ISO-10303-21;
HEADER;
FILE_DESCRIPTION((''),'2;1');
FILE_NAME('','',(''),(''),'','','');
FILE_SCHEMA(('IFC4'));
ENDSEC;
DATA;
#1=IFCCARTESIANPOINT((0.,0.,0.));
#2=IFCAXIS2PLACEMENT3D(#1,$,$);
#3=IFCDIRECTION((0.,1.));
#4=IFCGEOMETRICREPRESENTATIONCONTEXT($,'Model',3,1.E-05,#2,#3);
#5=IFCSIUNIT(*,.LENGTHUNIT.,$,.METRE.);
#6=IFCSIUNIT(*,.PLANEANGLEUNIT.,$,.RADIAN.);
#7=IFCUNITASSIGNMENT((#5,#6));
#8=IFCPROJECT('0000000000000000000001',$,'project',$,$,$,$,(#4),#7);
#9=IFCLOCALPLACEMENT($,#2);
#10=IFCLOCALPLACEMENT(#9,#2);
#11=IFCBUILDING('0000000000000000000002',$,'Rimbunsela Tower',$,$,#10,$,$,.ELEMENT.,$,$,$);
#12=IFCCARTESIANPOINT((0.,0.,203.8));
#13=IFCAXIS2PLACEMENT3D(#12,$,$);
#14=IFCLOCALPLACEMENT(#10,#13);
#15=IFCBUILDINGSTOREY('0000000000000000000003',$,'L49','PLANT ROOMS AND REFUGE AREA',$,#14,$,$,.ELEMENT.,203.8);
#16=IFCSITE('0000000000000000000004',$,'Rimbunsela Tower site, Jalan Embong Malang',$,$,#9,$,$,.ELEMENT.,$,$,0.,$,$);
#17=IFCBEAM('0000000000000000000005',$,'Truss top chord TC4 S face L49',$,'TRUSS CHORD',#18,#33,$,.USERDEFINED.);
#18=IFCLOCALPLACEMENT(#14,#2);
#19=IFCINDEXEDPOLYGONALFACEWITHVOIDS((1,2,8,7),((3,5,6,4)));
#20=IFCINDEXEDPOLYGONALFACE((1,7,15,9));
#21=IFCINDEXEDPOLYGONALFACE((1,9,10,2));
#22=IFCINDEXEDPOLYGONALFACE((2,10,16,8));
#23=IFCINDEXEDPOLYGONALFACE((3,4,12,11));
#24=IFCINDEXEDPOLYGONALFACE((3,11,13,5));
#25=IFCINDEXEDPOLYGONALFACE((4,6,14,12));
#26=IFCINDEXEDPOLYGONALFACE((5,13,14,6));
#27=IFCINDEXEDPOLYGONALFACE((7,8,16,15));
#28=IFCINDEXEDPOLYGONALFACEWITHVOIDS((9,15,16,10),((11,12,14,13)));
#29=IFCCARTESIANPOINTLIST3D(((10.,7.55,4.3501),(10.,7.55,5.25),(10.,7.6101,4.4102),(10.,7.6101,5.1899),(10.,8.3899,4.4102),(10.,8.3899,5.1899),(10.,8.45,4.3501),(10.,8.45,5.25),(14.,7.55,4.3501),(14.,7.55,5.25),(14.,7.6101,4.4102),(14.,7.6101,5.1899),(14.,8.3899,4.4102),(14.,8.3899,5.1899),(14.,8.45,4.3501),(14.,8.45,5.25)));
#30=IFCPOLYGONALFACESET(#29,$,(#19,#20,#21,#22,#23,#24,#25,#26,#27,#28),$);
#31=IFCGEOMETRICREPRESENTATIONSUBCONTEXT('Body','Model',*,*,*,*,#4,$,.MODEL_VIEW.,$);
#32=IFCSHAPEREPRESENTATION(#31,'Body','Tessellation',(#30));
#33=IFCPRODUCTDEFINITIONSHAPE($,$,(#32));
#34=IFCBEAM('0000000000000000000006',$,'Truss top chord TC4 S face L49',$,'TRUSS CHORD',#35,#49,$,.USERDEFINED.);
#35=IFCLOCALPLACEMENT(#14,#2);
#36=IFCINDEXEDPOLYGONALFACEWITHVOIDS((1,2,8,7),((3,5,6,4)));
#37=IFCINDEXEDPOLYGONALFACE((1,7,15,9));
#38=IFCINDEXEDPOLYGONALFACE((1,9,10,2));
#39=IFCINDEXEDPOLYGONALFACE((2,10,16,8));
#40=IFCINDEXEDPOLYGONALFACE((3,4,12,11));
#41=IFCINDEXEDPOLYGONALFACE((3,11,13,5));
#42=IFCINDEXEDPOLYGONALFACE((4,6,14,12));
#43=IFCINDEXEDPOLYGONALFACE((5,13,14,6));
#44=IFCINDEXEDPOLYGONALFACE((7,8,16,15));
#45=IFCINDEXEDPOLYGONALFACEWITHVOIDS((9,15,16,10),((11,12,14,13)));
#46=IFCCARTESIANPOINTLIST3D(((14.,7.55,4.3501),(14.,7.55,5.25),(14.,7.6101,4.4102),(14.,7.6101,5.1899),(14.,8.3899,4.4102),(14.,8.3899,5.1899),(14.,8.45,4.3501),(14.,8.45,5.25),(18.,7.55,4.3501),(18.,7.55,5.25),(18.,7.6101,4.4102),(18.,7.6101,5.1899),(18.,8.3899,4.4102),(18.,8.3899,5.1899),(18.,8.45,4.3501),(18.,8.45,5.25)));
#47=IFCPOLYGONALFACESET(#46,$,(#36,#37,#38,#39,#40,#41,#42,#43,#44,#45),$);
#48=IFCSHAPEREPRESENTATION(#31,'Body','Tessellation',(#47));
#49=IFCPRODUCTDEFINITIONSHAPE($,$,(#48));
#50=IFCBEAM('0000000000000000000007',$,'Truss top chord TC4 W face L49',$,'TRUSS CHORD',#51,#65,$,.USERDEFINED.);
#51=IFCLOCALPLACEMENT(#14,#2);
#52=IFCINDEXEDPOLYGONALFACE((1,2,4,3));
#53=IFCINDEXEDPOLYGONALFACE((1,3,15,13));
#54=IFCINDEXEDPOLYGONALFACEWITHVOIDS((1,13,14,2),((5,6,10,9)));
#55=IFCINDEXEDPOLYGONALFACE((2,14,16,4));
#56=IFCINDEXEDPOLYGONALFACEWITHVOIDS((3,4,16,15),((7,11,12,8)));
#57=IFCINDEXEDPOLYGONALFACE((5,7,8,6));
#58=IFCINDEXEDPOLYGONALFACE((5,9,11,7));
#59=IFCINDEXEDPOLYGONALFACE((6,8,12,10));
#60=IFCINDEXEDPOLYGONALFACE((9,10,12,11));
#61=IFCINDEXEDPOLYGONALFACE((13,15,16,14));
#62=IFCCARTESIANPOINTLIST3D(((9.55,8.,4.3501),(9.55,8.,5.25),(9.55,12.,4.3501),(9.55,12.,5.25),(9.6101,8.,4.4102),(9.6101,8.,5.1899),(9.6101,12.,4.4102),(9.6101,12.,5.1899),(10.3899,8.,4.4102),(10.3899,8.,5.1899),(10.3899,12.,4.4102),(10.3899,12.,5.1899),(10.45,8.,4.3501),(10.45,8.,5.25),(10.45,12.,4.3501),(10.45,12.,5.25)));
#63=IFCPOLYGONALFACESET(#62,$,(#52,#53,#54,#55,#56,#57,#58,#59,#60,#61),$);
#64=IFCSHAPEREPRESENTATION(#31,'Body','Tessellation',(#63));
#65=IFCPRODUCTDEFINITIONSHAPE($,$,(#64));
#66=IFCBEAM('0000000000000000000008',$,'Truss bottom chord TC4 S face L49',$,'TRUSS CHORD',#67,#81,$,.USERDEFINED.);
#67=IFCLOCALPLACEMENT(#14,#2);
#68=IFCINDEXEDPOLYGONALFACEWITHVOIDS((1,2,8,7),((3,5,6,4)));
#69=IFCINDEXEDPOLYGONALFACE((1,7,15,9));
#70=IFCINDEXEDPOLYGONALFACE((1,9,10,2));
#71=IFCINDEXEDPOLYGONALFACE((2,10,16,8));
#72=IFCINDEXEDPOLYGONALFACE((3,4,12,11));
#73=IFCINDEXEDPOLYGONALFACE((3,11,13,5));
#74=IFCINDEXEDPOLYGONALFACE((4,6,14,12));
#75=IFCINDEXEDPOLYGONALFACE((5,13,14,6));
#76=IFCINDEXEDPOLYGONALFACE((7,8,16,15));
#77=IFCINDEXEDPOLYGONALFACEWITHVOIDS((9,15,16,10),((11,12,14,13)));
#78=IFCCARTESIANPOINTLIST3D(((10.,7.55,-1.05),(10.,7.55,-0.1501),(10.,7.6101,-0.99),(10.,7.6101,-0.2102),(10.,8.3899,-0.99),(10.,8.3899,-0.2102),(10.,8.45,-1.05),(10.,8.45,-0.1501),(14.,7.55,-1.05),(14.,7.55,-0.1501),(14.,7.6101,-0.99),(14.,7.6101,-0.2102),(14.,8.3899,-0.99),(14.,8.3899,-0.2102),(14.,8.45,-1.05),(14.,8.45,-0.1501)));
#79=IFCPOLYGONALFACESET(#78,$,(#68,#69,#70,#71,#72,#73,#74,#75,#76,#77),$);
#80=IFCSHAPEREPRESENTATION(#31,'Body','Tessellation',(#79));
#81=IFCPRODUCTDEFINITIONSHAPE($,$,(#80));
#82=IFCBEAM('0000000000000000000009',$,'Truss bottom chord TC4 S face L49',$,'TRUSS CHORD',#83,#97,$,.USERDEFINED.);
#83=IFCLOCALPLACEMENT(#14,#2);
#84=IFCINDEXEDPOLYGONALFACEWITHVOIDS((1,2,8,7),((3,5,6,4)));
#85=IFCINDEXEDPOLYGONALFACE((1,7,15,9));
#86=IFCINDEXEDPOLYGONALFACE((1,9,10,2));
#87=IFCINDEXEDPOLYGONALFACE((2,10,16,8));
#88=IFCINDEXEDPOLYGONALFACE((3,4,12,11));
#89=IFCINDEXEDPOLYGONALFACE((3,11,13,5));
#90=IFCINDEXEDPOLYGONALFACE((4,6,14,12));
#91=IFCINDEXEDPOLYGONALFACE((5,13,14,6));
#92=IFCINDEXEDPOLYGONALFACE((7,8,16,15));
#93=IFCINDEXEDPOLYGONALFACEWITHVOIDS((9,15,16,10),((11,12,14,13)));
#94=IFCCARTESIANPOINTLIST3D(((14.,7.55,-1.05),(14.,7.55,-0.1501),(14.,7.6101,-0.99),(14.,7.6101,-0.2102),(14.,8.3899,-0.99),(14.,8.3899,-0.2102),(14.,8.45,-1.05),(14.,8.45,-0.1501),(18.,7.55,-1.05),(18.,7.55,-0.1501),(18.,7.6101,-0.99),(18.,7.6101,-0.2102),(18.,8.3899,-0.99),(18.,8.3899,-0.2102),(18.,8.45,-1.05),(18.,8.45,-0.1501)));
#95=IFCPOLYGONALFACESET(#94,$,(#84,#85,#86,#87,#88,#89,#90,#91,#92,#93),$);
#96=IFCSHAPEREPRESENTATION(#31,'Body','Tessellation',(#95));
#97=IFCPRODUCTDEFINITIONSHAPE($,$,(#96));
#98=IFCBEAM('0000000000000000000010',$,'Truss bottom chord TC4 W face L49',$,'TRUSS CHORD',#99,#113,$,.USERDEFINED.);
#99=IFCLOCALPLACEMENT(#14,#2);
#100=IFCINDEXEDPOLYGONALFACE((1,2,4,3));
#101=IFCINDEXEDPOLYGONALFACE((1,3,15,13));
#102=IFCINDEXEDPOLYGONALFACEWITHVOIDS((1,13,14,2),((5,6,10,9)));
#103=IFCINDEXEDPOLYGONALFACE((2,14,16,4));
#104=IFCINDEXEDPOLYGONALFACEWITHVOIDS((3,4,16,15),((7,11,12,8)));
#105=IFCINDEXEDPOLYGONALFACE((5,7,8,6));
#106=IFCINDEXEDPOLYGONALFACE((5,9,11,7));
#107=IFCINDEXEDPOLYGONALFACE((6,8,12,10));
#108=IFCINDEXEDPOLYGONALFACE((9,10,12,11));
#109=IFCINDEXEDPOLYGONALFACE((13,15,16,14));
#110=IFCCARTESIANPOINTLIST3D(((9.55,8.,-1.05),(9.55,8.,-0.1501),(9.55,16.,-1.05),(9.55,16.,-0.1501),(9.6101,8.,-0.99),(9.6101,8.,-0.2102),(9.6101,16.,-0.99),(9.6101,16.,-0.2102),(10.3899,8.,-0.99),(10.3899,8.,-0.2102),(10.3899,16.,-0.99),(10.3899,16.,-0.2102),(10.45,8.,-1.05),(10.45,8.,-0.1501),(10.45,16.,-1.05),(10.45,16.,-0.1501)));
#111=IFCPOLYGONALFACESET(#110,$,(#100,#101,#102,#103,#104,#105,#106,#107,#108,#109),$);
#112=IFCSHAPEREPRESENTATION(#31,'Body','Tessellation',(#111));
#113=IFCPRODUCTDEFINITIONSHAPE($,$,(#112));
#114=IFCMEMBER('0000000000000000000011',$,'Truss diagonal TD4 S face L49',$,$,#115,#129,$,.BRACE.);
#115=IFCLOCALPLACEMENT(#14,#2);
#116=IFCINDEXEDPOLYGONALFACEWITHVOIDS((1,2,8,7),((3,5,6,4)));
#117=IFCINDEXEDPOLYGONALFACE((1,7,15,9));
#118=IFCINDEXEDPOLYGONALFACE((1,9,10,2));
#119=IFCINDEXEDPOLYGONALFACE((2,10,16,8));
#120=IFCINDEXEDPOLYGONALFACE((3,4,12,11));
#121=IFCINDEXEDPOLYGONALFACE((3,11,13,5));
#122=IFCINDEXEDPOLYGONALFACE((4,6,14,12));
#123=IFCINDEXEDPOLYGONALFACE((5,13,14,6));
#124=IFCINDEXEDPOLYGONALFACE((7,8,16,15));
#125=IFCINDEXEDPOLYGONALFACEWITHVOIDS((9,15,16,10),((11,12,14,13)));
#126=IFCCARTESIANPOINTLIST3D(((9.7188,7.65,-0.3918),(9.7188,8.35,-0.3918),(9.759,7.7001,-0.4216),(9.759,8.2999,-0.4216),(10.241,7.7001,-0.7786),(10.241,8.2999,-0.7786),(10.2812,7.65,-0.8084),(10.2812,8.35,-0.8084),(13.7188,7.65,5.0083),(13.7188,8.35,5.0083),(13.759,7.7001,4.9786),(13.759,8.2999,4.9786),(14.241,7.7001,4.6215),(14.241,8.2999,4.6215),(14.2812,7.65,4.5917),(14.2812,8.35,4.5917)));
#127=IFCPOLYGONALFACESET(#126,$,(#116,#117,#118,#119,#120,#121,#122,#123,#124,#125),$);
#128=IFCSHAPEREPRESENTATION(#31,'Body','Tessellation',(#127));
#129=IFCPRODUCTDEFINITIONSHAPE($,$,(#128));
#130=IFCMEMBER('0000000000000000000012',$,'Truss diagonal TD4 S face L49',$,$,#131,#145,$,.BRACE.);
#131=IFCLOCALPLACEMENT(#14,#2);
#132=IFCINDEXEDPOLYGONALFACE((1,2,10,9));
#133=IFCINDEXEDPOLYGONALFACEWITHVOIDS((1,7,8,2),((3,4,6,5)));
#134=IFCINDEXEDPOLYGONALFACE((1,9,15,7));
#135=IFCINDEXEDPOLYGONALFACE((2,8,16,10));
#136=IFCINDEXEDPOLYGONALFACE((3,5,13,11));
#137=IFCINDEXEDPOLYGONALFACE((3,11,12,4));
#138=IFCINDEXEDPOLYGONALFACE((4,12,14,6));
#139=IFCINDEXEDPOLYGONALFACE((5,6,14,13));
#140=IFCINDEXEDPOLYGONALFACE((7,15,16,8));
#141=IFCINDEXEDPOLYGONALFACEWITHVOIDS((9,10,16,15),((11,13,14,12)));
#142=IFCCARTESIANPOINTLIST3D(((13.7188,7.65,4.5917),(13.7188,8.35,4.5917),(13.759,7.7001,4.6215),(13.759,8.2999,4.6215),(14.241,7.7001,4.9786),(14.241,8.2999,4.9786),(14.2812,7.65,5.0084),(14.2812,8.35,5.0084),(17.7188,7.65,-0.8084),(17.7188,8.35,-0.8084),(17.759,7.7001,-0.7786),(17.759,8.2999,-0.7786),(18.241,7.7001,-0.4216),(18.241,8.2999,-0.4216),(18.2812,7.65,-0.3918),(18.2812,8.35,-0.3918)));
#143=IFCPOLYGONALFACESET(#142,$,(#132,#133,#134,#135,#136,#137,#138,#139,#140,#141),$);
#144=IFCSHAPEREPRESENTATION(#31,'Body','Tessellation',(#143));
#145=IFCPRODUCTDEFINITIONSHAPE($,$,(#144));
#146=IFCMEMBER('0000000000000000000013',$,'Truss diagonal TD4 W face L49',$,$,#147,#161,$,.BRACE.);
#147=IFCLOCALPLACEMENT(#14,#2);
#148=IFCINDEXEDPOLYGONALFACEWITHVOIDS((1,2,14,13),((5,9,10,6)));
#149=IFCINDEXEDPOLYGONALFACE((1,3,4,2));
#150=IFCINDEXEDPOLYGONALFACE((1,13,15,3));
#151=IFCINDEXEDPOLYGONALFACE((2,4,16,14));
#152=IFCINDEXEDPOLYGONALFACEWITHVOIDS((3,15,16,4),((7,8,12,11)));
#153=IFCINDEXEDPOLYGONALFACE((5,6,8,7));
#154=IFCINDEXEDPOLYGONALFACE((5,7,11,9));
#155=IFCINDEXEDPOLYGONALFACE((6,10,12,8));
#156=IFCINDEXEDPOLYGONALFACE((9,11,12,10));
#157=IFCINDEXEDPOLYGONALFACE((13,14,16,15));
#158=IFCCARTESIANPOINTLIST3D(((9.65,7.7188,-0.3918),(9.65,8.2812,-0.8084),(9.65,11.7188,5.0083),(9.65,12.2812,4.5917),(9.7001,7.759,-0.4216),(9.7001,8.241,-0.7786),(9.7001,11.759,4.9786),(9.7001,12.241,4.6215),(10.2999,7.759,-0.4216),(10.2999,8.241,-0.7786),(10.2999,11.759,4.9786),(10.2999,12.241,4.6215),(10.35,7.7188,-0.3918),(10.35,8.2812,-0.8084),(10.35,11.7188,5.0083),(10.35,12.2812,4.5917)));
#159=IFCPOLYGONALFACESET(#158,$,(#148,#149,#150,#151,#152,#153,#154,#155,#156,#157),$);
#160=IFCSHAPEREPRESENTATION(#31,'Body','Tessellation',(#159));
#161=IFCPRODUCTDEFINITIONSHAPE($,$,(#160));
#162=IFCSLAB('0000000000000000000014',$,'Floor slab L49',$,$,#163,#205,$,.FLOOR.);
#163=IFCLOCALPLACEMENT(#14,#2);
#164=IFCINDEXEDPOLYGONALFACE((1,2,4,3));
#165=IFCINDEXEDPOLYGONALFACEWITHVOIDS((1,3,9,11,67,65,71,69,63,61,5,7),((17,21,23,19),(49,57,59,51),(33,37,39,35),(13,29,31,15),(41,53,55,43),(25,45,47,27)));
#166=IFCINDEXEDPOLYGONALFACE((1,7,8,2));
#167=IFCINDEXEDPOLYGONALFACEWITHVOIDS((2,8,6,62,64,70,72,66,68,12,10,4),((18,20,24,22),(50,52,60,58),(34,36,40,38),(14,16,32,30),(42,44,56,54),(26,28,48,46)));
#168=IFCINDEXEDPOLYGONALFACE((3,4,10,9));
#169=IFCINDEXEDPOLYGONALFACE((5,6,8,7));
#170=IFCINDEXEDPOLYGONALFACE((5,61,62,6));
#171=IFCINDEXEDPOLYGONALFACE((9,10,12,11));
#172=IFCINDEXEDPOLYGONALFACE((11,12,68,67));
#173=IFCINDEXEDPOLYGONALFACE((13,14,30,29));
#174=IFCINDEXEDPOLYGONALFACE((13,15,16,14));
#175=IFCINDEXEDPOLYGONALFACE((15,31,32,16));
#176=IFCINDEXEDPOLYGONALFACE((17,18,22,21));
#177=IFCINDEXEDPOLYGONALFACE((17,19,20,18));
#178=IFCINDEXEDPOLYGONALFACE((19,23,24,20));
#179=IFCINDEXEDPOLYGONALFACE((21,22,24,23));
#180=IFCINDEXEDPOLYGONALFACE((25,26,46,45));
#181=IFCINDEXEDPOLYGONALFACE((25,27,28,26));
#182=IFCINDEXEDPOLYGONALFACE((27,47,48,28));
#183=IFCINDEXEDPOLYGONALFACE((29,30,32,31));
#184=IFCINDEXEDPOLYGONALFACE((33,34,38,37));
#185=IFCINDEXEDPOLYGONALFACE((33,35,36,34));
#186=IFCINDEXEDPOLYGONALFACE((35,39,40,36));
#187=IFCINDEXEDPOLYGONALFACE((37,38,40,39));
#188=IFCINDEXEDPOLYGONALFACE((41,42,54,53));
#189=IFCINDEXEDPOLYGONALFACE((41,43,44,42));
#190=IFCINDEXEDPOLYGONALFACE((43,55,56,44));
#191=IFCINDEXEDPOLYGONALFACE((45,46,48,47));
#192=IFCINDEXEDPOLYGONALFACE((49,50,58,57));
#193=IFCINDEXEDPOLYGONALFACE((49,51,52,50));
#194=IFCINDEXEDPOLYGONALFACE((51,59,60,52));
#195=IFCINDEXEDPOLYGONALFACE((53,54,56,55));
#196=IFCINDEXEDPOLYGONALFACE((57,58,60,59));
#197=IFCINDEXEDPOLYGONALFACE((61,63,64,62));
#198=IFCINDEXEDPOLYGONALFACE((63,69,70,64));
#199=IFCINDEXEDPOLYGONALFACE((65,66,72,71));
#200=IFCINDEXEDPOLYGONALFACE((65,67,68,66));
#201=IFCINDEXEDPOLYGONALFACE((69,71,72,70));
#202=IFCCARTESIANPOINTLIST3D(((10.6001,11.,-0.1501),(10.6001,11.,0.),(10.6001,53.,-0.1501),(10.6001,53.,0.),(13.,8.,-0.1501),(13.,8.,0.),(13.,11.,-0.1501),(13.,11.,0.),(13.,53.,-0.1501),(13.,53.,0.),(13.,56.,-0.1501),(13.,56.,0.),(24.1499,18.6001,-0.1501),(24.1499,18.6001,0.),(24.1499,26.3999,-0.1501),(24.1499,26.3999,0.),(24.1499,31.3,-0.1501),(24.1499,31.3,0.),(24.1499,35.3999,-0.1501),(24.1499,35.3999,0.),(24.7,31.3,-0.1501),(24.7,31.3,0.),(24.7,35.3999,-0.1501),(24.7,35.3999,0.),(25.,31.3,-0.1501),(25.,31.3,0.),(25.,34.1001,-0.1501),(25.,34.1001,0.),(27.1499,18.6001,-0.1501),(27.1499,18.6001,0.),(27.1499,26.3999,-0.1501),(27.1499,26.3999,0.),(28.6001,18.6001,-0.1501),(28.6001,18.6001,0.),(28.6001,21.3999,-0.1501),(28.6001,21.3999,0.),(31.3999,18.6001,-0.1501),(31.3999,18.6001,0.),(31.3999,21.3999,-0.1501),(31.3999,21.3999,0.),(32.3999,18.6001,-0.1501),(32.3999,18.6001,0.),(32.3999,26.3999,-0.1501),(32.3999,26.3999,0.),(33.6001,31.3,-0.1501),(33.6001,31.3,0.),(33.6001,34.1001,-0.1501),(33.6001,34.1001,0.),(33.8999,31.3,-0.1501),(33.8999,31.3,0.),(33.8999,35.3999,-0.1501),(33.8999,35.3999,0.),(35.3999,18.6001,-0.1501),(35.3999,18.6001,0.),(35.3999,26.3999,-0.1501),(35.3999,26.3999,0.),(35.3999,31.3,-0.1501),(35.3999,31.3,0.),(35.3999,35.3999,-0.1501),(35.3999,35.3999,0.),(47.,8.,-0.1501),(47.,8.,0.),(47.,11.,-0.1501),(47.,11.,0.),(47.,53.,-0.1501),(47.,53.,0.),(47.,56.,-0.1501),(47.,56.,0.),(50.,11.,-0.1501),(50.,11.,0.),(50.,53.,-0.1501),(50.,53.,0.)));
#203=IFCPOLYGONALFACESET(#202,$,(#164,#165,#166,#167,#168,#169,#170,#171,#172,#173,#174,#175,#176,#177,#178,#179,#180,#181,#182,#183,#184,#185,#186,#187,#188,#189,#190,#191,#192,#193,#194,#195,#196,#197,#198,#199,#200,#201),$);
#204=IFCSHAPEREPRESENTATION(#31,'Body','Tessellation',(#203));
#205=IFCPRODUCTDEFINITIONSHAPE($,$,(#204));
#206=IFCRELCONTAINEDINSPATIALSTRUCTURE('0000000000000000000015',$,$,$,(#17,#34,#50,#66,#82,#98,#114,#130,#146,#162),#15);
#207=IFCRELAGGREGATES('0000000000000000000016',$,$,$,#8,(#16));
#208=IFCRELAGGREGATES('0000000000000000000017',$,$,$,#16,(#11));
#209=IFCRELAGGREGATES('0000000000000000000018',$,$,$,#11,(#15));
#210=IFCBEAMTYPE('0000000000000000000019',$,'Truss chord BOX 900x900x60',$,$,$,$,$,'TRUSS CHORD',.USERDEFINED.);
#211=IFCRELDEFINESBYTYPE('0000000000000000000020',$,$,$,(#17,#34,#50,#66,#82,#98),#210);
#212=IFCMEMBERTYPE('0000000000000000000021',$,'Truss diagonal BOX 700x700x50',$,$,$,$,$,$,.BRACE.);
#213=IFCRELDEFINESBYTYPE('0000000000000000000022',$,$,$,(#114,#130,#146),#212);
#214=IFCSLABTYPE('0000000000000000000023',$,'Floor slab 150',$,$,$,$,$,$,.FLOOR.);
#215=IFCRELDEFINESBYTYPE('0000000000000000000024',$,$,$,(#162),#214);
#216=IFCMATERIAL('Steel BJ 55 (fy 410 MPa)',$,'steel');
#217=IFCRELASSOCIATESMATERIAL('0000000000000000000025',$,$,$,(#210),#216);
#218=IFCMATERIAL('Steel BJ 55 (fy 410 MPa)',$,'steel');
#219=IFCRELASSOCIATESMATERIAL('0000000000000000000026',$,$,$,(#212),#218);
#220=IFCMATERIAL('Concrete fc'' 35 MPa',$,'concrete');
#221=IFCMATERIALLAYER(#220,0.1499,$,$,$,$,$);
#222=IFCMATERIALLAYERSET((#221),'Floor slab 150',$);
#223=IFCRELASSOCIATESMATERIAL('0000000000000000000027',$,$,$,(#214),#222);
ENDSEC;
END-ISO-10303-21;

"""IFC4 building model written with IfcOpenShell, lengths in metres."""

from ifc_helpers import new_model, si_unit, direction, frame, origin, origin_2d, place, context, subcontext, project, spatial, polyline, hollow_rectangle, outline, extrude, material, layer, layer_set, material_profile, profile_set, type_object, element, save


model = new_model("IFC4")

# Units and contexts
model_context = context("Model", 3, precision=1e-05, world=origin(), true_north=direction((0.0, 1.0)))
body_context = subcontext(model_context, "Body", "Model", "MODEL_VIEW")
ifc_project = project(units=[si_unit("LENGTHUNIT", "METRE"), si_unit("PLANEANGLEUNIT", "RADIAN")], contexts=[model_context])

# Site, building, storey
site_placement = place(None, origin())
site = spatial("IfcSite", under=ifc_project, at=site_placement, Name="Rimbunsela Tower site, Jalan Embong Malang", CompositionType="ELEMENT", RefElevation=0.0)
building_placement = place(site_placement, origin())
building = spatial("IfcBuilding", under=site, at=building_placement, Name="Rimbunsela Tower", CompositionType="ELEMENT")
storey_placement = place(building_placement, frame((0.0, 0.0, 203.8)))
storey = spatial("IfcBuildingStorey", under=building, at=storey_placement, Name="L49", Description="PLANT ROOMS AND REFUGE AREA", CompositionType="ELEMENT", Elevation=203.8)

# Beams
ifc_material_1 = material(Name="Steel BJ 55 (fy 410 MPa)", Category="steel")
ifc_material_profile_1 = material_profile(ifc_material_1, hollow_rectangle(XDim=0.8999, YDim=0.8999, WallThickness=0.0601, at=origin_2d()), Name="BOX 900x900x60")
ifc_profile_set_1 = profile_set([ifc_material_profile_1], Name="Steel BJ 55 (fy 410 MPa)")
beam_type_1 = type_object("IfcBeamType", Name="Truss chord BOX 900x900x60", ElementType="TRUSS CHORD", PredefinedType="USERDEFINED", material=ifc_profile_set_1)
for number, where, z_axis, x_axis, name in (
    (1, (10.0, 8.0, 4.8), (1.0, 0.0, 0.0), (0.0, 1.0, 0.0), "Truss top chord TC4 S face L49"),
    (2, (14.0, 8.0, 4.8), (1.0, 0.0, 0.0), (0.0, 1.0, 0.0), "Truss top chord TC4 S face L49"),
    (3, (10.0, 8.0, 4.8), (0.0, 1.0, 0.0), (-1.0, 0.0, 0.0), "Truss top chord TC4 W face L49"),
    (4, (10.0, 8.0, -0.6001), (1.0, 0.0, 0.0), (0.0, 1.0, 0.0), "Truss bottom chord TC4 S face L49"),
    (5, (14.0, 8.0, -0.6001), (1.0, 0.0, 0.0), (0.0, 1.0, 0.0), "Truss bottom chord TC4 S face L49"),
):
    element("IfcBeam", number, at=place(storey_placement, frame(where, z_axis=z_axis, x_axis=x_axis)), inside=storey, type_object=beam_type_1, Name=name, ObjectType="TRUSS CHORD", PredefinedType="USERDEFINED", context=body_context, shape_type="SweptSolid", body=[
        extrude(hollow_rectangle(XDim=0.8999, YDim=0.8999, WallThickness=0.0601, at=origin_2d()), origin(), (0.0, 0.0, 1.0), 4.0),
    ])
beam_1_placement = place(storey_placement, frame((10.0, 8.0, -0.6001), z_axis=(0.0, 1.0, 0.0), x_axis=(-1.0, 0.0, 0.0)))
element("IfcBeam", 6, at=beam_1_placement, inside=storey, type_object=beam_type_1, Name="Truss bottom chord TC4 W face L49", ObjectType="TRUSS CHORD", PredefinedType="USERDEFINED", context=body_context, shape_type="SweptSolid", body=[
    extrude(hollow_rectangle(XDim=0.8999, YDim=0.8999, WallThickness=0.0601, at=origin_2d()), origin(), (0.0, 0.0, 1.0), 8.0),
])

# Members
ifc_material_2 = material(Name="Steel BJ 55 (fy 410 MPa)", Category="steel")
ifc_material_profile_2 = material_profile(ifc_material_2, hollow_rectangle(XDim=0.7, YDim=0.7, WallThickness=0.05, at=origin_2d()), Name="BOX 700x700x50")
ifc_profile_set_2 = profile_set([ifc_material_profile_2], Name="Steel BJ 55 (fy 410 MPa)")
member_type_1 = type_object("IfcMemberType", Name="Truss diagonal BOX 700x700x50", PredefinedType="BRACE", material=ifc_profile_set_2)
for number, where, z_axis, x_axis, name in (
    (7, (10.0, 8.0, -0.6001), (0.595217, 0.0, 0.803565), (0.0, 1.0, 0.0), "Truss diagonal TD4 S face L49"),
    (8, (14.0, 8.0, 4.8), (0.595217, 0.0, -0.803565), (0.0, 1.0, 0.0), "Truss diagonal TD4 S face L49"),
    (9, (10.0, 8.0, -0.6001), (0.0, 0.595217, 0.803565), (-1.0, 0.0, 0.0), "Truss diagonal TD4 W face L49"),
):
    element("IfcMember", number, at=place(storey_placement, frame(where, z_axis=z_axis, x_axis=x_axis)), inside=storey, type_object=member_type_1, Name=name, PredefinedType="BRACE", context=body_context, shape_type="SweptSolid", body=[
        extrude(hollow_rectangle(XDim=0.7, YDim=0.7, WallThickness=0.05, at=origin_2d()), origin(), (0.0, 0.0, 1.0), 6.7202),
    ])

# Slab
ifc_material_3 = material(Name="Concrete fc' 35 MPa", Category="concrete")
ifc_layer_1 = layer(ifc_material_3, 0.1499)
ifc_layer_set_1 = layer_set([ifc_layer_1], Name="Floor slab 150")
slab_type_1 = type_object("IfcSlabType", Name="Floor slab 150", PredefinedType="FLOOR", material=ifc_layer_set_1)
slab_1_placement = place(storey_placement, frame((0.0, 0.0, -0.1501)))
element("IfcSlab", 10, at=slab_1_placement, inside=storey, type_object=slab_type_1, Name="Floor slab L49", PredefinedType="FLOOR", context=body_context, shape_type="SweptSolid", body=[
    extrude(outline(polyline([(13.0, 53.0), (10.6001, 53.0), (10.6001, 11.0), (13.0, 11.0), (13.0, 8.0), (47.0, 8.0), (47.0, 11.0), (50.0, 11.0), (50.0, 53.0), (47.0, 53.0), (47.0, 56.0), (13.0, 56.0), (13.0, 53.0)]), holes=[polyline([(27.1499, 26.3999), (24.1499, 26.3999), (24.1499, 18.6001), (27.1499, 18.6001), (27.1499, 26.3999)]), polyline([(24.7, 35.3999), (24.1499, 35.3999), (24.1499, 31.3), (24.7, 31.3), (24.7, 35.3999)]), polyline([(25.0, 34.1001), (25.0, 31.3), (33.6001, 31.3), (33.6001, 34.1001), (25.0, 34.1001)]), polyline([(31.3999, 21.3999), (28.6001, 21.3999), (28.6001, 18.6001), (31.3999, 18.6001), (31.3999, 21.3999)]), polyline([(35.3999, 26.3999), (32.3999, 26.3999), (32.3999, 18.6001), (35.3999, 18.6001), (35.3999, 26.3999)]), polyline([(35.3999, 35.3999), (33.8999, 35.3999), (33.8999, 31.3), (35.3999, 31.3), (35.3999, 35.3999)])]), origin(), (0.0, 0.0, 1.0), 0.1501),
])

save(model, "model.ifc")
